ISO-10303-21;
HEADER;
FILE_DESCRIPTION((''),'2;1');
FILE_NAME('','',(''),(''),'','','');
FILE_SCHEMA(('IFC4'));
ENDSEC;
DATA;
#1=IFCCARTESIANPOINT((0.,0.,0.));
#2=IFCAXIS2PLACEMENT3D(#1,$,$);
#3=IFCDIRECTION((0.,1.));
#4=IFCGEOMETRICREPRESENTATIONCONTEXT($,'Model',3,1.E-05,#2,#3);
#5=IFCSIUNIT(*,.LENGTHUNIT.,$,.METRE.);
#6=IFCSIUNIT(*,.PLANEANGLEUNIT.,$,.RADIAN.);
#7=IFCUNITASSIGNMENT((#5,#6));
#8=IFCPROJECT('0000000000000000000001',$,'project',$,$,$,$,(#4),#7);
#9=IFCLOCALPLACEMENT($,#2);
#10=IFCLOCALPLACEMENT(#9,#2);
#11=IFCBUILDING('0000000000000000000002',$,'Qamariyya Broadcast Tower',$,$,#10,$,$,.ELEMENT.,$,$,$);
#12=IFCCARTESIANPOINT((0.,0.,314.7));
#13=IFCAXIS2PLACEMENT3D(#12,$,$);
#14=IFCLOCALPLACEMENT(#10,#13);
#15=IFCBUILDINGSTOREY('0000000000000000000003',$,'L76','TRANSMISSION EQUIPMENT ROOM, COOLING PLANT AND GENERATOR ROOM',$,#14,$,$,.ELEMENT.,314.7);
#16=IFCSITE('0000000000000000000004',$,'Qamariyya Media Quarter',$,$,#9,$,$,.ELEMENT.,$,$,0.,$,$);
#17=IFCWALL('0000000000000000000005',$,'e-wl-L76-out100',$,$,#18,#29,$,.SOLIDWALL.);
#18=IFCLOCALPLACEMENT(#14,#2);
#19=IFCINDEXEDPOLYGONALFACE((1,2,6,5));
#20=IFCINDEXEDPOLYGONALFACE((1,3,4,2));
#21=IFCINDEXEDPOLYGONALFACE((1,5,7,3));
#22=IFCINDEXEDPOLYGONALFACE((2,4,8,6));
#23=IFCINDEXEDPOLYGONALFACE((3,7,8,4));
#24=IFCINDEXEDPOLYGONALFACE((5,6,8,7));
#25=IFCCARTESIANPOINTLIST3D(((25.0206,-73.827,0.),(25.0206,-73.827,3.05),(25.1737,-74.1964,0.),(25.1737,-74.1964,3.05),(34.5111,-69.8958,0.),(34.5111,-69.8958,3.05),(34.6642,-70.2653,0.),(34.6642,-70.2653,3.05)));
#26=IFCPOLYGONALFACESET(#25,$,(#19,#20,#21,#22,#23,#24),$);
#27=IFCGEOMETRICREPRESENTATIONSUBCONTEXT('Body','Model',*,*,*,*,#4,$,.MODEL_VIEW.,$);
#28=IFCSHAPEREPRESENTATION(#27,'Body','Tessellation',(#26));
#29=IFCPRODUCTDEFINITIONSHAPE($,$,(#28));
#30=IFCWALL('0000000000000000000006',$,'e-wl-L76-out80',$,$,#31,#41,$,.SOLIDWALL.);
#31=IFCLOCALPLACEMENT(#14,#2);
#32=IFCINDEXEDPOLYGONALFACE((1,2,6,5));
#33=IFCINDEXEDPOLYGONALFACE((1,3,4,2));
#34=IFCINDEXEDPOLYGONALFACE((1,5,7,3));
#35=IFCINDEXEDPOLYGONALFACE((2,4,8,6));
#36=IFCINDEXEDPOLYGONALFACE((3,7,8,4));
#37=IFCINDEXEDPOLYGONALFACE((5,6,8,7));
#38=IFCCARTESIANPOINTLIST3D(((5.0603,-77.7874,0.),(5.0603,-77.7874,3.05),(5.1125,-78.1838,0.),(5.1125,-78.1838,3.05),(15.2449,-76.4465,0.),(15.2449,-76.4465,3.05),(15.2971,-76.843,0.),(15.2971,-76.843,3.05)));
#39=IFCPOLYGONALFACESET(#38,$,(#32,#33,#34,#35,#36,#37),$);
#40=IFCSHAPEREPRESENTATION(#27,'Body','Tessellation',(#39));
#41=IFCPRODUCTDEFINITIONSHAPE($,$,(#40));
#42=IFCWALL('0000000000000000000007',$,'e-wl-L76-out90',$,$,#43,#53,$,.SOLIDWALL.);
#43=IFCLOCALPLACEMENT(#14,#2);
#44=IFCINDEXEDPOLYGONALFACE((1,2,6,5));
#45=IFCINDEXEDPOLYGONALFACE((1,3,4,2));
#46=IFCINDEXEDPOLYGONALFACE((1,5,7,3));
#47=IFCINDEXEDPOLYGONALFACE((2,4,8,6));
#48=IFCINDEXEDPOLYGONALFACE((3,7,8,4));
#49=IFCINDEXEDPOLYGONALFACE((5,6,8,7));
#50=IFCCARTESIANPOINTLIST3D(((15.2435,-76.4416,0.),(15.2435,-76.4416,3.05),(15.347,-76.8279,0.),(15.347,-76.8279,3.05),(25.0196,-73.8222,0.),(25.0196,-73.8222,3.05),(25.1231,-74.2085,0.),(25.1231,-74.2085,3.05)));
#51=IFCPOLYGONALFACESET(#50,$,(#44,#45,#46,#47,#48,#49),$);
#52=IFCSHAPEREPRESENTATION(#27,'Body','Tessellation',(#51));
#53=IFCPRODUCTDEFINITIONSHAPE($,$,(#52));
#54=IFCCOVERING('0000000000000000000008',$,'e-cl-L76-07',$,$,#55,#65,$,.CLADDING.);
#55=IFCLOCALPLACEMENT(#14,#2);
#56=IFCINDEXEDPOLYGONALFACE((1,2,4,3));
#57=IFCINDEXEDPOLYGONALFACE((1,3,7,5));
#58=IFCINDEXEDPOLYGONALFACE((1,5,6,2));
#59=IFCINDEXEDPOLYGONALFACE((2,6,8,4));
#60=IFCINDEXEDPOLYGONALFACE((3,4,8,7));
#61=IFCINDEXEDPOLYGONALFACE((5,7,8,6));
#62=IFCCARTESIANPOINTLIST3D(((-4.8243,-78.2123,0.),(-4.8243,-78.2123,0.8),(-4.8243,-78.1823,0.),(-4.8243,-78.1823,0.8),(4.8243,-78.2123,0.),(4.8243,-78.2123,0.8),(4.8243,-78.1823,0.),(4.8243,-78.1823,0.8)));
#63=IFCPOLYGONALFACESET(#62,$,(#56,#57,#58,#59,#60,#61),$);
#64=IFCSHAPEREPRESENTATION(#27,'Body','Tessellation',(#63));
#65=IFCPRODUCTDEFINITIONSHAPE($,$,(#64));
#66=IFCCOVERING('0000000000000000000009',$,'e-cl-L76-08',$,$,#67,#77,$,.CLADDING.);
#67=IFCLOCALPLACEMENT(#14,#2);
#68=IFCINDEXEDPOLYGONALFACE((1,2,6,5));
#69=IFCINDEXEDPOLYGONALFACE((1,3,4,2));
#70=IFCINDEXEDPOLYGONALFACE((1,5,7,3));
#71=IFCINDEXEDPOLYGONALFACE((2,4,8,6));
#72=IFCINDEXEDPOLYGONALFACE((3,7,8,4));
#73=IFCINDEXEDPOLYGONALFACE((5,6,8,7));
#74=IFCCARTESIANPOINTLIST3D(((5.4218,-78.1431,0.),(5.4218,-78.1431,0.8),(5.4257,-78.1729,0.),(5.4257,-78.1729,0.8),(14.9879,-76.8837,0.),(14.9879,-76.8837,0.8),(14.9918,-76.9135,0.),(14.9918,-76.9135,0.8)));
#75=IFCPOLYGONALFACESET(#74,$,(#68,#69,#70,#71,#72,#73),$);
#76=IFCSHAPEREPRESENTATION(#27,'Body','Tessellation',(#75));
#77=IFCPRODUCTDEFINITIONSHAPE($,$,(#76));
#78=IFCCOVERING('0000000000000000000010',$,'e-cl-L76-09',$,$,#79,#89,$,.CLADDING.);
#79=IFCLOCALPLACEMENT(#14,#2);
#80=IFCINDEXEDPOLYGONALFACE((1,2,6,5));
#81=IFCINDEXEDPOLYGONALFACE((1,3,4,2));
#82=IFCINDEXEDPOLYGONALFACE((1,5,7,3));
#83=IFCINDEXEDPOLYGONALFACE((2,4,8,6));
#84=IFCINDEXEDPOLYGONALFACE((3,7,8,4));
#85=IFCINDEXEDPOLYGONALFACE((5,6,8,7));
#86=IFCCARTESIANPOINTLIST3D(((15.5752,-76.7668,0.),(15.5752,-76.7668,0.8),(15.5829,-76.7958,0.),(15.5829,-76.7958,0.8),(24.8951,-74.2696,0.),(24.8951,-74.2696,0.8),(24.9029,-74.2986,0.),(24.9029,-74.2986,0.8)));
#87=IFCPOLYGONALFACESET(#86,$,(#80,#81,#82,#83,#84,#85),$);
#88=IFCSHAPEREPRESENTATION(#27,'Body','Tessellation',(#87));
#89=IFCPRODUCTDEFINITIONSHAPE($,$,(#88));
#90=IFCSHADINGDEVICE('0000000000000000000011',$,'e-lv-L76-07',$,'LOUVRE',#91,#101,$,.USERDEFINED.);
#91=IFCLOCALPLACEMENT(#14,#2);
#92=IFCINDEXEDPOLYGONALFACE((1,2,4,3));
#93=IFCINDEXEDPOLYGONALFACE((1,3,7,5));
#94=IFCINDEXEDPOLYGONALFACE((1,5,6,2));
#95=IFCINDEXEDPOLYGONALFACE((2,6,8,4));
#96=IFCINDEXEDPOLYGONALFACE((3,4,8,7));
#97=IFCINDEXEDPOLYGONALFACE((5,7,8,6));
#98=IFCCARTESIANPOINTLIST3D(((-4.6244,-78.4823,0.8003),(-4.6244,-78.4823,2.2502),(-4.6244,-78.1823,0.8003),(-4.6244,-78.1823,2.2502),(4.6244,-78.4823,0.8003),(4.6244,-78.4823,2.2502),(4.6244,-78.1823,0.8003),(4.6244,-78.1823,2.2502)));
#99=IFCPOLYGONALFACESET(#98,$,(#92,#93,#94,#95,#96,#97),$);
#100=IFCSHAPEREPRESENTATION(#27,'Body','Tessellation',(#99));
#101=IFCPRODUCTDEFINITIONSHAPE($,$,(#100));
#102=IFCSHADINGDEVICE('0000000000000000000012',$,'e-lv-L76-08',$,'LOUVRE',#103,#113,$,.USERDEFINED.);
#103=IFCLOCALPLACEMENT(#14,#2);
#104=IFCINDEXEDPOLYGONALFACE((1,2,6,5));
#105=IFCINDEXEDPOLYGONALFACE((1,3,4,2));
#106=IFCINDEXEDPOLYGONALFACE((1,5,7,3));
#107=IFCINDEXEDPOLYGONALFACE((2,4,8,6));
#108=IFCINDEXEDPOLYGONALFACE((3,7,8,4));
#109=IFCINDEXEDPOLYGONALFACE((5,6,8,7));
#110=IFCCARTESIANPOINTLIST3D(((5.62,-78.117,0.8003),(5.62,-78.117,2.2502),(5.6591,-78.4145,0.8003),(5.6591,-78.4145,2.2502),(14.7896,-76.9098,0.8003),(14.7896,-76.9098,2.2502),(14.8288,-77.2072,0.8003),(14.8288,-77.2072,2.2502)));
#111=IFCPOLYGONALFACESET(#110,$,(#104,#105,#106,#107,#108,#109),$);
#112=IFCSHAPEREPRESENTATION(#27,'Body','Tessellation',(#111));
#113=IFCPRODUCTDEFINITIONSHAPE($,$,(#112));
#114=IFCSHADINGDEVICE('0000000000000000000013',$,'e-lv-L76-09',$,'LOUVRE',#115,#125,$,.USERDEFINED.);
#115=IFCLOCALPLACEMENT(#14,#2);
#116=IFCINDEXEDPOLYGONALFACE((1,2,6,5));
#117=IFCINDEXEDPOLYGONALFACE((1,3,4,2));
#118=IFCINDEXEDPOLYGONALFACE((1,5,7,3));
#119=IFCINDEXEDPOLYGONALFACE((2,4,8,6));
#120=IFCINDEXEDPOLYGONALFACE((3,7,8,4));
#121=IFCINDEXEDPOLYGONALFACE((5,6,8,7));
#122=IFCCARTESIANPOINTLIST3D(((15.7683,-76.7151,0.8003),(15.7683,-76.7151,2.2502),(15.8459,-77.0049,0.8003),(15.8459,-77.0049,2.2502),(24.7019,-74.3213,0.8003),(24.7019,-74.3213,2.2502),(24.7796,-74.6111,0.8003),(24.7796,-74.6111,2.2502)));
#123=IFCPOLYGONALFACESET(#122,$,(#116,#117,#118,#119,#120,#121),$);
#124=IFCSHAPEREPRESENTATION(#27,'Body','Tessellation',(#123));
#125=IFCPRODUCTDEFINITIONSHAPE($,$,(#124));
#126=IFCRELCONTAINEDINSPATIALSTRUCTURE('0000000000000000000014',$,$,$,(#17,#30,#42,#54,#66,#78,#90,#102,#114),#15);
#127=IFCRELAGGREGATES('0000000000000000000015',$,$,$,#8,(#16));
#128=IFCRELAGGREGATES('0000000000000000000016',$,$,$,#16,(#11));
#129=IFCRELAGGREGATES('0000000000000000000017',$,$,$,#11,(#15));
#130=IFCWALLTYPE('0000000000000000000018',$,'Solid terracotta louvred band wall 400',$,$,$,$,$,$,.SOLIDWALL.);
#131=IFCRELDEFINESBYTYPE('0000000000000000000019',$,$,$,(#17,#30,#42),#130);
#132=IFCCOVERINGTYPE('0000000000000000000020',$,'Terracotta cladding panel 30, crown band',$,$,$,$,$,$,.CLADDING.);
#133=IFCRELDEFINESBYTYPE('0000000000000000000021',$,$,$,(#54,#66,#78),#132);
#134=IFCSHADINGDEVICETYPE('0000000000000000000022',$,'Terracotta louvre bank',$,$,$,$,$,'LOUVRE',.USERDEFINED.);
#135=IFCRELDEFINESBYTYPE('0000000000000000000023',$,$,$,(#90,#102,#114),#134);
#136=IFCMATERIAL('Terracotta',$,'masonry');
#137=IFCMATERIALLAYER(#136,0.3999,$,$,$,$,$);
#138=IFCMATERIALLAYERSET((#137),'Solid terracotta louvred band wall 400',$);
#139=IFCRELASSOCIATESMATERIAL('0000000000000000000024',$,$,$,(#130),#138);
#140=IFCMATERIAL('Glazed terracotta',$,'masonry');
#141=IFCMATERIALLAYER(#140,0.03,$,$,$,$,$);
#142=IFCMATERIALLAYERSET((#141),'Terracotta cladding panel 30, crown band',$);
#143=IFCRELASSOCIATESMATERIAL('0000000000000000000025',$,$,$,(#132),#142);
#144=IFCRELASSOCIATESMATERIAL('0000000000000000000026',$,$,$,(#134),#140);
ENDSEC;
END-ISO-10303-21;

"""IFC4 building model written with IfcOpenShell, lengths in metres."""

from ifc_helpers import new_model, si_unit, direction, frame, frame_2d, origin, origin_2d, place, context, subcontext, project, spatial, rectangle, extrude, material, layer, layer_set, type_object, element, save


model = new_model("IFC4")

# Units and contexts
model_context = context("Model", 3, precision=1e-05, world=origin(), true_north=direction((0.0, 1.0)))
body_context = subcontext(model_context, "Body", "Model", "MODEL_VIEW")
ifc_project = project(units=[si_unit("LENGTHUNIT", "METRE"), si_unit("PLANEANGLEUNIT", "RADIAN")], contexts=[model_context])

# Site, building, storey
site_placement = place(None, origin())
site = spatial("IfcSite", under=ifc_project, at=site_placement, Name="Qamariyya Media Quarter", CompositionType="ELEMENT", RefElevation=0.0)
building_placement = place(site_placement, origin())
building = spatial("IfcBuilding", under=site, at=building_placement, Name="Qamariyya Broadcast Tower", CompositionType="ELEMENT")
storey_placement = place(building_placement, frame((0.0, 0.0, 314.7)))
storey = spatial("IfcBuildingStorey", under=building, at=storey_placement, Name="L76", Description="TRANSMISSION EQUIPMENT ROOM, COOLING PLANT AND GENERATOR ROOM", CompositionType="ELEMENT", Elevation=314.7)

# Walls
ifc_material_1 = material(Name="Terracotta", Category="masonry")
ifc_layer_1 = layer(ifc_material_1, 0.3999)
ifc_layer_set_1 = layer_set([ifc_layer_1], Name="Solid terracotta louvred band wall 400")
wall_type_1 = type_object("IfcWallType", Name="Solid terracotta louvred band wall 400", PredefinedType="SOLIDWALL", material=ifc_layer_set_1)
for number, where, z_axis, x_axis, name in (
    (1, (25.0972, -74.0117, 0.0), (0.0, 0.0, 1.0), (0.923877, 0.382689, 0.0), "e-wl-L76-out100"),
    (2, (5.0864, -77.9856, 0.0), (0.0, 0.0, 1.0), (0.991445, 0.130526, 0.0), "e-wl-L76-out80"),
):
    element("IfcWall", number, at=place(storey_placement, frame(where, z_axis=z_axis, x_axis=x_axis)), inside=storey, type_object=wall_type_1, Name=name, PredefinedType="SOLIDWALL", context=body_context, shape_type="SweptSolid", body=[
        extrude(rectangle(XDim=10.2725, YDim=0.3999, at=frame_2d((5.1362, 0.0))), origin(), (0.0, 0.0, 1.0), 3.05),
    ])
wall_1_placement = place(storey_placement, frame((15.2952, -76.6348, 0.0), z_axis=(0.0, 0.0, 1.0), x_axis=(0.965929, 0.258808, 0.0)))
element("IfcWall", 3, at=wall_1_placement, inside=storey, type_object=wall_type_1, Name="e-wl-L76-out90", PredefinedType="SOLIDWALL", context=body_context, shape_type="SweptSolid", body=[
    extrude(rectangle(XDim=10.1208, YDim=0.3999, at=frame_2d((5.0605, 0.0))), origin(), (0.0, 0.0, 1.0), 3.05),
])

# Coverings
ifc_material_2 = material(Name="Glazed terracotta", Category="masonry")
ifc_layer_2 = layer(ifc_material_2, 0.03)
ifc_layer_set_2 = layer_set([ifc_layer_2], Name="Terracotta cladding panel 30, crown band")
covering_type = type_object("IfcCoveringType", Name="Terracotta cladding panel 30, crown band", PredefinedType="CLADDING", material=ifc_layer_set_2)
for number, where, z_axis, x_axis, name in (
    (4, (0.0, -78.1973, 0.0), (0.0, 0.0, 1.0), (1.0, 0.0, 0.0), "e-cl-L76-07"),
    (5, (10.2068, -77.5283, 0.0), (0.0, 0.0, 1.0), (0.991445, 0.130526, 0.0), "e-cl-L76-08"),
    (6, (20.239, -75.5327, 0.0), (0.0, 0.0, 1.0), (0.965926, 0.258819, 0.0), "e-cl-L76-09"),
):
    element("IfcCovering", number, at=place(storey_placement, frame(where, z_axis=z_axis, x_axis=x_axis)), inside=storey, type_object=covering_type, Name=name, PredefinedType="CLADDING", context=body_context, shape_type="SweptSolid", body=[
        extrude(rectangle(XDim=9.6487, YDim=0.03, at=origin_2d()), origin(), (0.0, 0.0, 1.0), 0.8),
    ])

# Shading devices
shading_device_type = type_object("IfcShadingDeviceType", Name="Terracotta louvre bank", ElementType="LOUVRE", PredefinedType="USERDEFINED", material=ifc_material_2)
for number, where, z_axis, x_axis, name in (
    (7, (0.0, -78.3323, 0.8003), (0.0, 0.0, 1.0), (1.0, 0.0, 0.0), "e-lv-L76-07"),
    (8, (10.2244, -77.6621, 0.8003), (0.0, 0.0, 1.0), (0.991445, 0.130526, 0.0), "e-lv-L76-08"),
    (9, (20.2739, -75.6631, 0.8003), (0.0, 0.0, 1.0), (0.965926, 0.258819, 0.0), "e-lv-L76-09"),
):
    element("IfcShadingDevice", number, at=place(storey_placement, frame(where, z_axis=z_axis, x_axis=x_axis)), inside=storey, type_object=shading_device_type, Name=name, ObjectType="LOUVRE", PredefinedType="USERDEFINED", context=body_context, shape_type="SweptSolid", body=[
        extrude(rectangle(XDim=9.2488, YDim=0.3, at=origin_2d()), origin(), (0.0, 0.0, 1.0), 1.45),
    ])

save(model, "model.ifc")
